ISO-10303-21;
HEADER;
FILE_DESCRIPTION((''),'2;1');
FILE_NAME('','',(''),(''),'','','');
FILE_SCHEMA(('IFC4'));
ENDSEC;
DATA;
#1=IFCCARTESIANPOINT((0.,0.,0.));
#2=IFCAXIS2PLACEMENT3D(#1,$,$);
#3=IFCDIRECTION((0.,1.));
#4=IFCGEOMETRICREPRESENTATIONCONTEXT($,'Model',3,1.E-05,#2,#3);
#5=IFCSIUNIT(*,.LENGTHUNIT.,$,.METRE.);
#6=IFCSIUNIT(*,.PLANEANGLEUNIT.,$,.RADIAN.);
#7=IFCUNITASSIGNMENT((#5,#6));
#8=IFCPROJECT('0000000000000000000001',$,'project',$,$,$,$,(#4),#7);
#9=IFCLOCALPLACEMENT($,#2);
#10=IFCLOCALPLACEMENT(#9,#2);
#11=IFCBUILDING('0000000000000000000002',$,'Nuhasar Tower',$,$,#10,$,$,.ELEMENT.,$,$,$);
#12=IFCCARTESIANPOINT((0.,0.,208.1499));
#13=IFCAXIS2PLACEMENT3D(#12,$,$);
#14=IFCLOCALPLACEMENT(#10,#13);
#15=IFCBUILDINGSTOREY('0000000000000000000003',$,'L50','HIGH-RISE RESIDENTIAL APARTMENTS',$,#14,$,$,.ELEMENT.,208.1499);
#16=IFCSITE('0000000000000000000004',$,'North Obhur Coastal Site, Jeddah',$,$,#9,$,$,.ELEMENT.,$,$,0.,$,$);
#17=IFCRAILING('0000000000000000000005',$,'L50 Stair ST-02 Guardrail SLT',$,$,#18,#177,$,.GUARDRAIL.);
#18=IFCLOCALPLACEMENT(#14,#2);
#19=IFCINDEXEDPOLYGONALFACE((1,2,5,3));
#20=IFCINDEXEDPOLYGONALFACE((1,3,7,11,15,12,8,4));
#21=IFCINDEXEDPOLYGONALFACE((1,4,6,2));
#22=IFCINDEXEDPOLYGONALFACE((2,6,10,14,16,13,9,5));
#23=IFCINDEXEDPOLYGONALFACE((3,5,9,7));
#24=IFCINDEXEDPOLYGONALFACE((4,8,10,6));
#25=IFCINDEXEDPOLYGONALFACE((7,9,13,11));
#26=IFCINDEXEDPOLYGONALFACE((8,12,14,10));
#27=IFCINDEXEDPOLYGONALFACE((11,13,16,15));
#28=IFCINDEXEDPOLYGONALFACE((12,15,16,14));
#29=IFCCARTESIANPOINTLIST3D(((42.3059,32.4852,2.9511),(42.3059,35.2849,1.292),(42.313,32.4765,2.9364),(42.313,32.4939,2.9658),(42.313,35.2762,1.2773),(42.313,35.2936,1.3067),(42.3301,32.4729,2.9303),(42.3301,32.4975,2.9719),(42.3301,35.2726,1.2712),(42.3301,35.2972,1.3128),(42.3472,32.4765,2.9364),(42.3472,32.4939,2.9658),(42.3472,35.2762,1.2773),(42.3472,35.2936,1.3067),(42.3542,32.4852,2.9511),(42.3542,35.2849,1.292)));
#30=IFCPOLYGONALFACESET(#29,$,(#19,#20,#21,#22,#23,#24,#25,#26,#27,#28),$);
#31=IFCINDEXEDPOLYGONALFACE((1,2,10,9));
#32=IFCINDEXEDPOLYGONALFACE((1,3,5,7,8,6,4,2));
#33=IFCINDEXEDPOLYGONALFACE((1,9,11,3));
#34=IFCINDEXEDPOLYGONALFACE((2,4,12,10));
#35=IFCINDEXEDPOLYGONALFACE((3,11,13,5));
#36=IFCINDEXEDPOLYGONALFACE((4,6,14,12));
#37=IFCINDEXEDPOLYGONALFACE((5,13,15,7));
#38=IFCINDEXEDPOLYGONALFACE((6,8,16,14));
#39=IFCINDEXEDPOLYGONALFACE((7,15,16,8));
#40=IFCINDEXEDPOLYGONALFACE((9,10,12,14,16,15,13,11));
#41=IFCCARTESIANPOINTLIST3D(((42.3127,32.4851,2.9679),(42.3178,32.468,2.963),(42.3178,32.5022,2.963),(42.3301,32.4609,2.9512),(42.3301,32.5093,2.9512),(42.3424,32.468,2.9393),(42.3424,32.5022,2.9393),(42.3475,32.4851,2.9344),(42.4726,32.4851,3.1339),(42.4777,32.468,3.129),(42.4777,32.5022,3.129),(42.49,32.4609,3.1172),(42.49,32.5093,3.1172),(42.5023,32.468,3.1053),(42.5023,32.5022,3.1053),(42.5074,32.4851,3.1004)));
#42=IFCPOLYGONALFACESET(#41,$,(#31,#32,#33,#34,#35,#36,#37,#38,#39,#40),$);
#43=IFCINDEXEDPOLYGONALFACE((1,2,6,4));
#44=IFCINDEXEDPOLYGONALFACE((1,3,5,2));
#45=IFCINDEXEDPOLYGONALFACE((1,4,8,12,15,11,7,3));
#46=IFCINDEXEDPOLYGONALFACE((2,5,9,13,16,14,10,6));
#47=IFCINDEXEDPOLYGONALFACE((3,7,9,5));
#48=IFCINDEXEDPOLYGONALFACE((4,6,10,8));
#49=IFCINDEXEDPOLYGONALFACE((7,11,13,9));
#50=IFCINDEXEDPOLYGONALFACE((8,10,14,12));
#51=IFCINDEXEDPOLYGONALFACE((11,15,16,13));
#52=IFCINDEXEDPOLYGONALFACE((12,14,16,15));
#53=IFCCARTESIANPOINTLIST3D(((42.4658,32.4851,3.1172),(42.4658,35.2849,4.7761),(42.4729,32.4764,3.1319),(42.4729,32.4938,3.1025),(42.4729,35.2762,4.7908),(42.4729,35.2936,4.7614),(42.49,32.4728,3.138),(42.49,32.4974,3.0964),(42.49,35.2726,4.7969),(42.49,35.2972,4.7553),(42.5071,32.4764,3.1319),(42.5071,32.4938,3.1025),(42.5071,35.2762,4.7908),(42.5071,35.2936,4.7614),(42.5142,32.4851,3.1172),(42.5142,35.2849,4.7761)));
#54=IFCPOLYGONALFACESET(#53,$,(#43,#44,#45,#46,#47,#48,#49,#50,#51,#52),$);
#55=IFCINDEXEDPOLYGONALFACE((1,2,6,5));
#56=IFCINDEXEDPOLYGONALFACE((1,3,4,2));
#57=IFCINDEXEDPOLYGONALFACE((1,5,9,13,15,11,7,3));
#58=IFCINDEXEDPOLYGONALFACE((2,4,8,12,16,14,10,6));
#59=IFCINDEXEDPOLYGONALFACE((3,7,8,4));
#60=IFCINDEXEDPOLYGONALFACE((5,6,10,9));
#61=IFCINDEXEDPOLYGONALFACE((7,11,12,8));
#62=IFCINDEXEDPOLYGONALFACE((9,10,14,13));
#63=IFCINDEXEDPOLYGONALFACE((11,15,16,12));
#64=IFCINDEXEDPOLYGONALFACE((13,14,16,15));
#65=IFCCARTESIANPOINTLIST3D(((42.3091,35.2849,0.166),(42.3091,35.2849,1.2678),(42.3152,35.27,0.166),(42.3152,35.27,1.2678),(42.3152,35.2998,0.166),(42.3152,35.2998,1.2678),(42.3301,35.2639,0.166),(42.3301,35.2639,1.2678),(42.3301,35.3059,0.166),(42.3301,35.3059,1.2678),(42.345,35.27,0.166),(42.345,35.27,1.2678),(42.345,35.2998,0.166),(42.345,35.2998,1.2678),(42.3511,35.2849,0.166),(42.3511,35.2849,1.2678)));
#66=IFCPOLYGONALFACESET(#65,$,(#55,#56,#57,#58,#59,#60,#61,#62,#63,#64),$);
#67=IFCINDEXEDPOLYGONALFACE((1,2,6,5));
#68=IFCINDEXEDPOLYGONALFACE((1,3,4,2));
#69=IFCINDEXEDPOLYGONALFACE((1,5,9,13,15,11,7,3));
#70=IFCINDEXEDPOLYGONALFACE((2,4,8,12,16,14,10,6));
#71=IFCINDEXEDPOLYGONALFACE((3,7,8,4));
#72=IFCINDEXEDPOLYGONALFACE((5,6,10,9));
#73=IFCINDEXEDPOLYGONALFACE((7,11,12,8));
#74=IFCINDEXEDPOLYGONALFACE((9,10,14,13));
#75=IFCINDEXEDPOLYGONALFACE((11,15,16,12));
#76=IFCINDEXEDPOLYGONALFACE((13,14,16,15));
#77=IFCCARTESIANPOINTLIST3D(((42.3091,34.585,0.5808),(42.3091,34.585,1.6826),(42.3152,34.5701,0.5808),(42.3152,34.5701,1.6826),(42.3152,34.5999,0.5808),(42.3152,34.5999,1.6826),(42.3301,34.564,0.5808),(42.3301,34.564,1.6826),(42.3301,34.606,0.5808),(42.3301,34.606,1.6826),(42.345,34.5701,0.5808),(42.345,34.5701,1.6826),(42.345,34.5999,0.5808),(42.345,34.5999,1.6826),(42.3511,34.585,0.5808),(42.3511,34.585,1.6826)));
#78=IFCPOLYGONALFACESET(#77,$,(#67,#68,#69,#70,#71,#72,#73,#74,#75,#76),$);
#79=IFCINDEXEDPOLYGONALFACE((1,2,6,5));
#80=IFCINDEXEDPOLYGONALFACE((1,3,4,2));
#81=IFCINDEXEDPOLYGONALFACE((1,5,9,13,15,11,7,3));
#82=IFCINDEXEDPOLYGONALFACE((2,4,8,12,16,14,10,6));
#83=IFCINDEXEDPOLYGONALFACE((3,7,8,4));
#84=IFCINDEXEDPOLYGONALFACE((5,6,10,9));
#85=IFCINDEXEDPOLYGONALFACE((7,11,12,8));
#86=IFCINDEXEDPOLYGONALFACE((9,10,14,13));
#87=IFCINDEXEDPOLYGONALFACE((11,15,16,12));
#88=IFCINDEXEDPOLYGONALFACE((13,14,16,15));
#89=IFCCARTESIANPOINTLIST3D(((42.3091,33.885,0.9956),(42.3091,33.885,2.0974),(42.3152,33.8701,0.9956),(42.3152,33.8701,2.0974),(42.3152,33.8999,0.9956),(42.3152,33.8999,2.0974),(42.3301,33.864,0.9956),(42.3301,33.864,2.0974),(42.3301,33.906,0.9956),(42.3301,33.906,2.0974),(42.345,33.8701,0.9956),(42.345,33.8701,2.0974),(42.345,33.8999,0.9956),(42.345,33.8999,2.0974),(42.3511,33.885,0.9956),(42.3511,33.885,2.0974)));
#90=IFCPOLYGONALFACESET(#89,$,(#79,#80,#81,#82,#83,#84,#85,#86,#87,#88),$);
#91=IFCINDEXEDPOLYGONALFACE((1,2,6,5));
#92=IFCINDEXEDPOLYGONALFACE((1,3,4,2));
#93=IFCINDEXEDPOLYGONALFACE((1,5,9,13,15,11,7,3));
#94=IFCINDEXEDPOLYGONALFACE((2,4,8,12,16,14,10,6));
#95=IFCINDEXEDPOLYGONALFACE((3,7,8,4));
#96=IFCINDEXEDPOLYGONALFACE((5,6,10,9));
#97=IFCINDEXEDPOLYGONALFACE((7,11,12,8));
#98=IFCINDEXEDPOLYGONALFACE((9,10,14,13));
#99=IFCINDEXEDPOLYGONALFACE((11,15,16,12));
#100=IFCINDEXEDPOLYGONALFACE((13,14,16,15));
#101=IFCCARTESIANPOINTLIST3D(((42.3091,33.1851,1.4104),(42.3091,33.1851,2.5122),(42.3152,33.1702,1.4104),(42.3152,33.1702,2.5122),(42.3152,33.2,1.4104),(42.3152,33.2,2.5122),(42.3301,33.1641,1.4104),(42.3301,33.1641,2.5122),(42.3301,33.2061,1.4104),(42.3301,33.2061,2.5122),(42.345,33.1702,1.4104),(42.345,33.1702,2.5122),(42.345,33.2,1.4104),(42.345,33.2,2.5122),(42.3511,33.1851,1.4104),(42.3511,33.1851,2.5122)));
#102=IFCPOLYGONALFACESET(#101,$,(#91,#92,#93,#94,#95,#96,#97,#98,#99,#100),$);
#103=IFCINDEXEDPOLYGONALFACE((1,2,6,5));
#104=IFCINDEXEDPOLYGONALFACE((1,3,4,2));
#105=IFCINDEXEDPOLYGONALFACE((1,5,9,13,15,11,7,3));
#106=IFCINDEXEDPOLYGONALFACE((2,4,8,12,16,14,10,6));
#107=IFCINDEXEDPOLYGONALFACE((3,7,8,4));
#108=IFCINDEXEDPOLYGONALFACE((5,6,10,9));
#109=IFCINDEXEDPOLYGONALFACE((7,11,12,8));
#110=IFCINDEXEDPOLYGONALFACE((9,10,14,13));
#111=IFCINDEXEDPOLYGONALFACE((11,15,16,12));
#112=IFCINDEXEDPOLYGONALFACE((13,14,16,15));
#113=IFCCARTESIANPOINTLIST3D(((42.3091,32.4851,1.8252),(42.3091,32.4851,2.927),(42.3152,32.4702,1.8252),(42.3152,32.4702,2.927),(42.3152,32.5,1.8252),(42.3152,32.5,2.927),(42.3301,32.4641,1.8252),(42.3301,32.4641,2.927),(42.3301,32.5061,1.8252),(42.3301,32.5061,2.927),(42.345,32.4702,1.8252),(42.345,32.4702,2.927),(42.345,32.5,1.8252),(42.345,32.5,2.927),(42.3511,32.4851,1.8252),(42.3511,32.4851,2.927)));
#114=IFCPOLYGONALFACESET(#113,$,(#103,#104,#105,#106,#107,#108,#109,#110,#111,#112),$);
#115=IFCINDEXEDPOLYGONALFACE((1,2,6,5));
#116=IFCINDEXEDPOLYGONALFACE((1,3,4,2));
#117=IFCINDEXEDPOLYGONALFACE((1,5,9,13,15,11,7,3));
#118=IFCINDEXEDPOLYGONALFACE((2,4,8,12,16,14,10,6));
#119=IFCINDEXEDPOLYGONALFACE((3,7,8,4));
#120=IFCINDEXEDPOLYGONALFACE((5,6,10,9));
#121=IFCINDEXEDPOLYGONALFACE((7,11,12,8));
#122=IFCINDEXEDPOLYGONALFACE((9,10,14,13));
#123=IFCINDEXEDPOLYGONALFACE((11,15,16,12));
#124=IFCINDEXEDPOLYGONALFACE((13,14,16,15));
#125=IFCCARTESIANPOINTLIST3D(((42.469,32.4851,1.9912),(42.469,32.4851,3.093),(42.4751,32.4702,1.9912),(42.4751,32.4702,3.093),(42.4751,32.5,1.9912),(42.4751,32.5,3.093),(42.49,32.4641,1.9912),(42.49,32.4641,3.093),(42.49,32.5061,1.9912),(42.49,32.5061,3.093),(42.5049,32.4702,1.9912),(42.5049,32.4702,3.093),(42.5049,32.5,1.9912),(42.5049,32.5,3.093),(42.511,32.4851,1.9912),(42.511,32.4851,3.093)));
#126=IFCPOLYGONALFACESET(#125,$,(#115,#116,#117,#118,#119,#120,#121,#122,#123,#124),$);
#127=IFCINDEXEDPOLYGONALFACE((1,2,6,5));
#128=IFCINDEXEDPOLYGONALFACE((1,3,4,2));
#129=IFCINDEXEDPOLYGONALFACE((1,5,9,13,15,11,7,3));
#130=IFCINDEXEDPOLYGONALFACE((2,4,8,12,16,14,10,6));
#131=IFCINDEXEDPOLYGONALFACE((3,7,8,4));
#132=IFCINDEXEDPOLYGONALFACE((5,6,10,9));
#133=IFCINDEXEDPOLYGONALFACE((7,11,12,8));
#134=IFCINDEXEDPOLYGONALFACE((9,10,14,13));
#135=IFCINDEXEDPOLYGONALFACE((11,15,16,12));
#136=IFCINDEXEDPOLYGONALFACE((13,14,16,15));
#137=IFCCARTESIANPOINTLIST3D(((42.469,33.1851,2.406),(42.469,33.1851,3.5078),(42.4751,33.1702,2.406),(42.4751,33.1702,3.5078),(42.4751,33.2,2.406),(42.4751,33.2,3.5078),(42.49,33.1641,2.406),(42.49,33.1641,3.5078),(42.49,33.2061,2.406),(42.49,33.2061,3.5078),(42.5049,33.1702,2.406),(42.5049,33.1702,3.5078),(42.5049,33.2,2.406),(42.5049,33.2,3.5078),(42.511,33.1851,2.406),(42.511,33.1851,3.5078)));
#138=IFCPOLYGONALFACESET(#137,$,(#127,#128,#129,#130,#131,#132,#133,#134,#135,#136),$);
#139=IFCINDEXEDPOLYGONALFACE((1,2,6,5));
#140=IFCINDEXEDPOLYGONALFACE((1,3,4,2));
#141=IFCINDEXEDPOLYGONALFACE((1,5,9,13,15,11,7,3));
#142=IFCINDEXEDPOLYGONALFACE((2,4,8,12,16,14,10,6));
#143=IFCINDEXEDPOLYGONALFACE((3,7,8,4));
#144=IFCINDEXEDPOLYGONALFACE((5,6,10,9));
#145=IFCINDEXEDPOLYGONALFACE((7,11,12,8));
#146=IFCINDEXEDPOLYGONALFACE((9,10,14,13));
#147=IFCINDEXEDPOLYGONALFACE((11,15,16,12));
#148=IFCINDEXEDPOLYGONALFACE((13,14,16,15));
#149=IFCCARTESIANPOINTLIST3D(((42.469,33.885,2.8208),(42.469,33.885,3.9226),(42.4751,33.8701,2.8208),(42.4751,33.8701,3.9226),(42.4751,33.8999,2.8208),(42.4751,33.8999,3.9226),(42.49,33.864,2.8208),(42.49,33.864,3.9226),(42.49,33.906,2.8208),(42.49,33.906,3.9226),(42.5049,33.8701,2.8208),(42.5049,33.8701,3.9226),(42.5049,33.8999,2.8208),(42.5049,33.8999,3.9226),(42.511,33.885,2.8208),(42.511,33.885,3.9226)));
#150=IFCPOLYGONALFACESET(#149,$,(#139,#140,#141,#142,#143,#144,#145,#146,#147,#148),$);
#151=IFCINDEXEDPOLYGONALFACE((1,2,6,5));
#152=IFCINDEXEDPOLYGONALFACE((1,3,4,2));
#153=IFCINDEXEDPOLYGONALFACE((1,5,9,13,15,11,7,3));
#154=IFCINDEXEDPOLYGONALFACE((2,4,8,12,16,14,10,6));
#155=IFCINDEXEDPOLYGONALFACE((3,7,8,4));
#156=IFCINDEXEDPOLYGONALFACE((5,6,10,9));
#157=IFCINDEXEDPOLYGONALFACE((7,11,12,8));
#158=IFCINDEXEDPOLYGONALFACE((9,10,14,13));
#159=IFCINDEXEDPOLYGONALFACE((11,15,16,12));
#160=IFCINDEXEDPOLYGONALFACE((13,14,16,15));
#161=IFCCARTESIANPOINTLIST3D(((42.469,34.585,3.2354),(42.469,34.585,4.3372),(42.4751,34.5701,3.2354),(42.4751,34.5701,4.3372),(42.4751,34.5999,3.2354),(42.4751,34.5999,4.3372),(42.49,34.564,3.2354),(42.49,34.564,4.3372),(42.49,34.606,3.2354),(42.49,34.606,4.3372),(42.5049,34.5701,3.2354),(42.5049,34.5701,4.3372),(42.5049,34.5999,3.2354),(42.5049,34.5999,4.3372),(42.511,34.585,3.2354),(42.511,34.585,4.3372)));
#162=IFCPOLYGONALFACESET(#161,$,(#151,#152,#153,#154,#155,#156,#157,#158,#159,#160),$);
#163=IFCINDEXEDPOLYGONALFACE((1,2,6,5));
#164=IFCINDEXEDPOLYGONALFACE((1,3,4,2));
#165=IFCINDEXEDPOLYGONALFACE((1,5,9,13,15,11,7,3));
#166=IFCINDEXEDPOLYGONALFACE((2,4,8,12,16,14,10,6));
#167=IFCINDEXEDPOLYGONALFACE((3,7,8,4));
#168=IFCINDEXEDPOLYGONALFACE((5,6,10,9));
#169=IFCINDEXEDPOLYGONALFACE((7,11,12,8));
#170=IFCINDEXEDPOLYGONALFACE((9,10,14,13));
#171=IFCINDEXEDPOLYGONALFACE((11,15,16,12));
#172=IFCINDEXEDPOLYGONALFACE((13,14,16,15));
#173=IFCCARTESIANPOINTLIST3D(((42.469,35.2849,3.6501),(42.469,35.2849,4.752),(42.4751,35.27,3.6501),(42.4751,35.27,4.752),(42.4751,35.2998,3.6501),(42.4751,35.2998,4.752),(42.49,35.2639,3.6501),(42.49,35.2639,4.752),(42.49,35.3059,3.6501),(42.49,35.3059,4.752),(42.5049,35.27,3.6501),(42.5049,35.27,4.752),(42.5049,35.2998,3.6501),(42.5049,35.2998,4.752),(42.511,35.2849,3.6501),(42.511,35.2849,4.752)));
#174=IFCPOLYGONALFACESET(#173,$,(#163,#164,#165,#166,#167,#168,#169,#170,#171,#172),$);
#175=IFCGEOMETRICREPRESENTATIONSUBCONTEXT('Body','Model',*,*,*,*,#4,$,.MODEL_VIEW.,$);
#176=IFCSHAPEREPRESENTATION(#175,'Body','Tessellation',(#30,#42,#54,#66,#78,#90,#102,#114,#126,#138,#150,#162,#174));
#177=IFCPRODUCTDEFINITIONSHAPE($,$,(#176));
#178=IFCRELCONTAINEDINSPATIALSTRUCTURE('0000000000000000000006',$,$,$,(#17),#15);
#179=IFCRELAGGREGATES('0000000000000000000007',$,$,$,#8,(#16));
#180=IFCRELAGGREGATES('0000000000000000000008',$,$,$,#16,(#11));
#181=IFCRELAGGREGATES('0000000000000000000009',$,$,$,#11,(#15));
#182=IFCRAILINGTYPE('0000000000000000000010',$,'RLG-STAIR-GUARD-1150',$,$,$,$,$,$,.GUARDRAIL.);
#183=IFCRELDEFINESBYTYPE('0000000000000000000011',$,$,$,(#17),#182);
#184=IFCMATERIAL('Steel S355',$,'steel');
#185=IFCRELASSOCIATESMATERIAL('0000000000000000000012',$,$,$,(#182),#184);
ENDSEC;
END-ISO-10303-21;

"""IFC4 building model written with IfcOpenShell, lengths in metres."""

from ifc_helpers import new_model, si_unit, direction, frame, origin, place, context, subcontext, project, spatial, polyline, outline, extrude, material, type_object, element, save


model = new_model("IFC4")

# Units and contexts
model_context = context("Model", 3, precision=1e-05, world=origin(), true_north=direction((0.0, 1.0)))
body_context = subcontext(model_context, "Body", "Model", "MODEL_VIEW")
ifc_project = project(units=[si_unit("LENGTHUNIT", "METRE"), si_unit("PLANEANGLEUNIT", "RADIAN")], contexts=[model_context])

# Site, building, storey
site_placement = place(None, origin())
site = spatial("IfcSite", under=ifc_project, at=site_placement, Name="North Obhur Coastal Site, Jeddah", CompositionType="ELEMENT", RefElevation=0.0)
building_placement = place(site_placement, origin())
building = spatial("IfcBuilding", under=site, at=building_placement, Name="Nuhasar Tower", CompositionType="ELEMENT")
storey_placement = place(building_placement, frame((0.0, 0.0, 208.1499)))
storey = spatial("IfcBuildingStorey", under=building, at=storey_placement, Name="L50", Description="HIGH-RISE RESIDENTIAL APARTMENTS", CompositionType="ELEMENT", Elevation=208.1499)

# Shared definitions
ifc_material_1 = material(Name="Steel S355", Category="steel")

# Railing
railing_type_1 = type_object("IfcRailingType", Name="RLG-STAIR-GUARD-1150", PredefinedType="GUARDRAIL", material=ifc_material_1)
railing_1_placement = place(storey_placement, frame((42.3301, 35.2849, 0.166)))
element("IfcRailing", 1, at=railing_1_placement, inside=storey, type_object=railing_type_1, Name="L50 Stair ST-02 Guardrail SLT", PredefinedType="GUARDRAIL", context=body_context, shape_type="SweptSolid", body=[
    extrude(outline(polyline([(0.0242, 0.0), (0.0171, 0.0171), (0.0, 0.0242), (-0.0171, 0.0171), (-0.0242, 0.0), (-0.0171, -0.0171), (0.0, -0.0242), (0.0171, -0.0171), (0.0242, 0.0)])), frame((0.0, 0.0, 1.126), z_axis=(0.0, -0.860287, 0.509811), x_axis=(1.0, 0.0, 0.0)), (0.0, 0.0, 1.0), 3.2544),
    extrude(outline(polyline([(0.0242, 0.0), (0.0171, 0.0171), (0.0, 0.0242), (-0.0171, 0.0171), (-0.0242, 0.0), (-0.0171, -0.0171), (0.0, -0.0242), (0.0171, -0.0171), (0.0242, 0.0)])), frame((0.0, -2.7998, 2.7852), z_axis=(0.693743, 0.0, 0.720222), x_axis=(0.0, 1.0, 0.0)), (0.0, 0.0, 1.0), 0.2305),
    extrude(outline(polyline([(0.0242, 0.0), (0.0171, 0.0171), (0.0, 0.0242), (-0.0171, 0.0171), (-0.0242, 0.0), (-0.0171, -0.0171), (0.0, -0.0242), (0.0171, -0.0171), (0.0242, 0.0)])), frame((0.1599, -2.7998, 2.9512), z_axis=(0.0, 0.86032, 0.509755), x_axis=(-1.0, 0.0, 0.0)), (0.0, 0.0, 1.0), 3.2544),
    extrude(outline(polyline([(0.021, 0.0), (0.0149, 0.0149), (0.0, 0.021), (-0.0149, 0.0149), (-0.021, 0.0), (-0.0149, -0.0149), (0.0, -0.021), (0.0149, -0.0149), (0.021, 0.0)])), origin(), (0.0, 0.0, 1.0), 1.1018),
    extrude(outline(polyline([(0.021, 0.0), (0.0149, 0.0149), (0.0, 0.021), (-0.0149, 0.0149), (-0.021, 0.0), (-0.0149, -0.0149), (0.0, -0.021), (0.0149, -0.0149), (0.021, 0.0)])), frame((0.0, -0.7, 0.4148)), (0.0, 0.0, 1.0), 1.1018),
    extrude(outline(polyline([(0.021, 0.0), (0.0149, 0.0149), (0.0, 0.021), (-0.0149, 0.0149), (-0.021, 0.0), (-0.0149, -0.0149), (0.0, -0.021), (0.0149, -0.0149), (0.021, 0.0)])), frame((0.0, -1.3999, 0.8296)), (0.0, 0.0, 1.0), 1.1018),
    extrude(outline(polyline([(0.021, 0.0), (0.0149, 0.0149), (0.0, 0.021), (-0.0149, 0.0149), (-0.021, 0.0), (-0.0149, -0.0149), (0.0, -0.021), (0.0149, -0.0149), (0.021, 0.0)])), frame((0.0, -2.0999, 1.2444)), (0.0, 0.0, 1.0), 1.1018),
    extrude(outline(polyline([(0.021, 0.0), (0.0149, 0.0149), (0.0, 0.021), (-0.0149, 0.0149), (-0.021, 0.0), (-0.0149, -0.0149), (0.0, -0.021), (0.0149, -0.0149), (0.021, 0.0)])), frame((0.0, -2.7998, 1.6592)), (0.0, 0.0, 1.0), 1.1018),
    extrude(outline(polyline([(0.021, 0.0), (0.0149, 0.0149), (0.0, 0.021), (-0.0149, 0.0149), (-0.021, 0.0), (-0.0149, -0.0149), (0.0, -0.021), (0.0149, -0.0149), (0.021, 0.0)])), frame((0.1599, -2.7998, 1.8252)), (0.0, 0.0, 1.0), 1.1018),
    extrude(outline(polyline([(0.021, 0.0), (0.0149, 0.0149), (0.0, 0.021), (-0.0149, 0.0149), (-0.021, 0.0), (-0.0149, -0.0149), (0.0, -0.021), (0.0149, -0.0149), (0.021, 0.0)])), frame((0.1599, -2.0999, 2.24)), (0.0, 0.0, 1.0), 1.1018),
    extrude(outline(polyline([(0.021, 0.0), (0.0149, 0.0149), (0.0, 0.021), (-0.0149, 0.0149), (-0.021, 0.0), (-0.0149, -0.0149), (0.0, -0.021), (0.0149, -0.0149), (0.021, 0.0)])), frame((0.1599, -1.3999, 2.6548)), (0.0, 0.0, 1.0), 1.1018),
    extrude(outline(polyline([(0.021, 0.0), (0.0149, 0.0149), (0.0, 0.021), (-0.0149, 0.0149), (-0.021, 0.0), (-0.0149, -0.0149), (0.0, -0.021), (0.0149, -0.0149), (0.021, 0.0)])), frame((0.1599, -0.7, 3.0693)), (0.0, 0.0, 1.0), 1.1018),
    extrude(outline(polyline([(0.021, 0.0), (0.0149, 0.0149), (0.0, 0.021), (-0.0149, 0.0149), (-0.021, 0.0), (-0.0149, -0.0149), (0.0, -0.021), (0.0149, -0.0149), (0.021, 0.0)])), frame((0.1599, 0.0, 3.4841)), (0.0, 0.0, 1.0), 1.1018),
])

save(model, "model.ifc")
